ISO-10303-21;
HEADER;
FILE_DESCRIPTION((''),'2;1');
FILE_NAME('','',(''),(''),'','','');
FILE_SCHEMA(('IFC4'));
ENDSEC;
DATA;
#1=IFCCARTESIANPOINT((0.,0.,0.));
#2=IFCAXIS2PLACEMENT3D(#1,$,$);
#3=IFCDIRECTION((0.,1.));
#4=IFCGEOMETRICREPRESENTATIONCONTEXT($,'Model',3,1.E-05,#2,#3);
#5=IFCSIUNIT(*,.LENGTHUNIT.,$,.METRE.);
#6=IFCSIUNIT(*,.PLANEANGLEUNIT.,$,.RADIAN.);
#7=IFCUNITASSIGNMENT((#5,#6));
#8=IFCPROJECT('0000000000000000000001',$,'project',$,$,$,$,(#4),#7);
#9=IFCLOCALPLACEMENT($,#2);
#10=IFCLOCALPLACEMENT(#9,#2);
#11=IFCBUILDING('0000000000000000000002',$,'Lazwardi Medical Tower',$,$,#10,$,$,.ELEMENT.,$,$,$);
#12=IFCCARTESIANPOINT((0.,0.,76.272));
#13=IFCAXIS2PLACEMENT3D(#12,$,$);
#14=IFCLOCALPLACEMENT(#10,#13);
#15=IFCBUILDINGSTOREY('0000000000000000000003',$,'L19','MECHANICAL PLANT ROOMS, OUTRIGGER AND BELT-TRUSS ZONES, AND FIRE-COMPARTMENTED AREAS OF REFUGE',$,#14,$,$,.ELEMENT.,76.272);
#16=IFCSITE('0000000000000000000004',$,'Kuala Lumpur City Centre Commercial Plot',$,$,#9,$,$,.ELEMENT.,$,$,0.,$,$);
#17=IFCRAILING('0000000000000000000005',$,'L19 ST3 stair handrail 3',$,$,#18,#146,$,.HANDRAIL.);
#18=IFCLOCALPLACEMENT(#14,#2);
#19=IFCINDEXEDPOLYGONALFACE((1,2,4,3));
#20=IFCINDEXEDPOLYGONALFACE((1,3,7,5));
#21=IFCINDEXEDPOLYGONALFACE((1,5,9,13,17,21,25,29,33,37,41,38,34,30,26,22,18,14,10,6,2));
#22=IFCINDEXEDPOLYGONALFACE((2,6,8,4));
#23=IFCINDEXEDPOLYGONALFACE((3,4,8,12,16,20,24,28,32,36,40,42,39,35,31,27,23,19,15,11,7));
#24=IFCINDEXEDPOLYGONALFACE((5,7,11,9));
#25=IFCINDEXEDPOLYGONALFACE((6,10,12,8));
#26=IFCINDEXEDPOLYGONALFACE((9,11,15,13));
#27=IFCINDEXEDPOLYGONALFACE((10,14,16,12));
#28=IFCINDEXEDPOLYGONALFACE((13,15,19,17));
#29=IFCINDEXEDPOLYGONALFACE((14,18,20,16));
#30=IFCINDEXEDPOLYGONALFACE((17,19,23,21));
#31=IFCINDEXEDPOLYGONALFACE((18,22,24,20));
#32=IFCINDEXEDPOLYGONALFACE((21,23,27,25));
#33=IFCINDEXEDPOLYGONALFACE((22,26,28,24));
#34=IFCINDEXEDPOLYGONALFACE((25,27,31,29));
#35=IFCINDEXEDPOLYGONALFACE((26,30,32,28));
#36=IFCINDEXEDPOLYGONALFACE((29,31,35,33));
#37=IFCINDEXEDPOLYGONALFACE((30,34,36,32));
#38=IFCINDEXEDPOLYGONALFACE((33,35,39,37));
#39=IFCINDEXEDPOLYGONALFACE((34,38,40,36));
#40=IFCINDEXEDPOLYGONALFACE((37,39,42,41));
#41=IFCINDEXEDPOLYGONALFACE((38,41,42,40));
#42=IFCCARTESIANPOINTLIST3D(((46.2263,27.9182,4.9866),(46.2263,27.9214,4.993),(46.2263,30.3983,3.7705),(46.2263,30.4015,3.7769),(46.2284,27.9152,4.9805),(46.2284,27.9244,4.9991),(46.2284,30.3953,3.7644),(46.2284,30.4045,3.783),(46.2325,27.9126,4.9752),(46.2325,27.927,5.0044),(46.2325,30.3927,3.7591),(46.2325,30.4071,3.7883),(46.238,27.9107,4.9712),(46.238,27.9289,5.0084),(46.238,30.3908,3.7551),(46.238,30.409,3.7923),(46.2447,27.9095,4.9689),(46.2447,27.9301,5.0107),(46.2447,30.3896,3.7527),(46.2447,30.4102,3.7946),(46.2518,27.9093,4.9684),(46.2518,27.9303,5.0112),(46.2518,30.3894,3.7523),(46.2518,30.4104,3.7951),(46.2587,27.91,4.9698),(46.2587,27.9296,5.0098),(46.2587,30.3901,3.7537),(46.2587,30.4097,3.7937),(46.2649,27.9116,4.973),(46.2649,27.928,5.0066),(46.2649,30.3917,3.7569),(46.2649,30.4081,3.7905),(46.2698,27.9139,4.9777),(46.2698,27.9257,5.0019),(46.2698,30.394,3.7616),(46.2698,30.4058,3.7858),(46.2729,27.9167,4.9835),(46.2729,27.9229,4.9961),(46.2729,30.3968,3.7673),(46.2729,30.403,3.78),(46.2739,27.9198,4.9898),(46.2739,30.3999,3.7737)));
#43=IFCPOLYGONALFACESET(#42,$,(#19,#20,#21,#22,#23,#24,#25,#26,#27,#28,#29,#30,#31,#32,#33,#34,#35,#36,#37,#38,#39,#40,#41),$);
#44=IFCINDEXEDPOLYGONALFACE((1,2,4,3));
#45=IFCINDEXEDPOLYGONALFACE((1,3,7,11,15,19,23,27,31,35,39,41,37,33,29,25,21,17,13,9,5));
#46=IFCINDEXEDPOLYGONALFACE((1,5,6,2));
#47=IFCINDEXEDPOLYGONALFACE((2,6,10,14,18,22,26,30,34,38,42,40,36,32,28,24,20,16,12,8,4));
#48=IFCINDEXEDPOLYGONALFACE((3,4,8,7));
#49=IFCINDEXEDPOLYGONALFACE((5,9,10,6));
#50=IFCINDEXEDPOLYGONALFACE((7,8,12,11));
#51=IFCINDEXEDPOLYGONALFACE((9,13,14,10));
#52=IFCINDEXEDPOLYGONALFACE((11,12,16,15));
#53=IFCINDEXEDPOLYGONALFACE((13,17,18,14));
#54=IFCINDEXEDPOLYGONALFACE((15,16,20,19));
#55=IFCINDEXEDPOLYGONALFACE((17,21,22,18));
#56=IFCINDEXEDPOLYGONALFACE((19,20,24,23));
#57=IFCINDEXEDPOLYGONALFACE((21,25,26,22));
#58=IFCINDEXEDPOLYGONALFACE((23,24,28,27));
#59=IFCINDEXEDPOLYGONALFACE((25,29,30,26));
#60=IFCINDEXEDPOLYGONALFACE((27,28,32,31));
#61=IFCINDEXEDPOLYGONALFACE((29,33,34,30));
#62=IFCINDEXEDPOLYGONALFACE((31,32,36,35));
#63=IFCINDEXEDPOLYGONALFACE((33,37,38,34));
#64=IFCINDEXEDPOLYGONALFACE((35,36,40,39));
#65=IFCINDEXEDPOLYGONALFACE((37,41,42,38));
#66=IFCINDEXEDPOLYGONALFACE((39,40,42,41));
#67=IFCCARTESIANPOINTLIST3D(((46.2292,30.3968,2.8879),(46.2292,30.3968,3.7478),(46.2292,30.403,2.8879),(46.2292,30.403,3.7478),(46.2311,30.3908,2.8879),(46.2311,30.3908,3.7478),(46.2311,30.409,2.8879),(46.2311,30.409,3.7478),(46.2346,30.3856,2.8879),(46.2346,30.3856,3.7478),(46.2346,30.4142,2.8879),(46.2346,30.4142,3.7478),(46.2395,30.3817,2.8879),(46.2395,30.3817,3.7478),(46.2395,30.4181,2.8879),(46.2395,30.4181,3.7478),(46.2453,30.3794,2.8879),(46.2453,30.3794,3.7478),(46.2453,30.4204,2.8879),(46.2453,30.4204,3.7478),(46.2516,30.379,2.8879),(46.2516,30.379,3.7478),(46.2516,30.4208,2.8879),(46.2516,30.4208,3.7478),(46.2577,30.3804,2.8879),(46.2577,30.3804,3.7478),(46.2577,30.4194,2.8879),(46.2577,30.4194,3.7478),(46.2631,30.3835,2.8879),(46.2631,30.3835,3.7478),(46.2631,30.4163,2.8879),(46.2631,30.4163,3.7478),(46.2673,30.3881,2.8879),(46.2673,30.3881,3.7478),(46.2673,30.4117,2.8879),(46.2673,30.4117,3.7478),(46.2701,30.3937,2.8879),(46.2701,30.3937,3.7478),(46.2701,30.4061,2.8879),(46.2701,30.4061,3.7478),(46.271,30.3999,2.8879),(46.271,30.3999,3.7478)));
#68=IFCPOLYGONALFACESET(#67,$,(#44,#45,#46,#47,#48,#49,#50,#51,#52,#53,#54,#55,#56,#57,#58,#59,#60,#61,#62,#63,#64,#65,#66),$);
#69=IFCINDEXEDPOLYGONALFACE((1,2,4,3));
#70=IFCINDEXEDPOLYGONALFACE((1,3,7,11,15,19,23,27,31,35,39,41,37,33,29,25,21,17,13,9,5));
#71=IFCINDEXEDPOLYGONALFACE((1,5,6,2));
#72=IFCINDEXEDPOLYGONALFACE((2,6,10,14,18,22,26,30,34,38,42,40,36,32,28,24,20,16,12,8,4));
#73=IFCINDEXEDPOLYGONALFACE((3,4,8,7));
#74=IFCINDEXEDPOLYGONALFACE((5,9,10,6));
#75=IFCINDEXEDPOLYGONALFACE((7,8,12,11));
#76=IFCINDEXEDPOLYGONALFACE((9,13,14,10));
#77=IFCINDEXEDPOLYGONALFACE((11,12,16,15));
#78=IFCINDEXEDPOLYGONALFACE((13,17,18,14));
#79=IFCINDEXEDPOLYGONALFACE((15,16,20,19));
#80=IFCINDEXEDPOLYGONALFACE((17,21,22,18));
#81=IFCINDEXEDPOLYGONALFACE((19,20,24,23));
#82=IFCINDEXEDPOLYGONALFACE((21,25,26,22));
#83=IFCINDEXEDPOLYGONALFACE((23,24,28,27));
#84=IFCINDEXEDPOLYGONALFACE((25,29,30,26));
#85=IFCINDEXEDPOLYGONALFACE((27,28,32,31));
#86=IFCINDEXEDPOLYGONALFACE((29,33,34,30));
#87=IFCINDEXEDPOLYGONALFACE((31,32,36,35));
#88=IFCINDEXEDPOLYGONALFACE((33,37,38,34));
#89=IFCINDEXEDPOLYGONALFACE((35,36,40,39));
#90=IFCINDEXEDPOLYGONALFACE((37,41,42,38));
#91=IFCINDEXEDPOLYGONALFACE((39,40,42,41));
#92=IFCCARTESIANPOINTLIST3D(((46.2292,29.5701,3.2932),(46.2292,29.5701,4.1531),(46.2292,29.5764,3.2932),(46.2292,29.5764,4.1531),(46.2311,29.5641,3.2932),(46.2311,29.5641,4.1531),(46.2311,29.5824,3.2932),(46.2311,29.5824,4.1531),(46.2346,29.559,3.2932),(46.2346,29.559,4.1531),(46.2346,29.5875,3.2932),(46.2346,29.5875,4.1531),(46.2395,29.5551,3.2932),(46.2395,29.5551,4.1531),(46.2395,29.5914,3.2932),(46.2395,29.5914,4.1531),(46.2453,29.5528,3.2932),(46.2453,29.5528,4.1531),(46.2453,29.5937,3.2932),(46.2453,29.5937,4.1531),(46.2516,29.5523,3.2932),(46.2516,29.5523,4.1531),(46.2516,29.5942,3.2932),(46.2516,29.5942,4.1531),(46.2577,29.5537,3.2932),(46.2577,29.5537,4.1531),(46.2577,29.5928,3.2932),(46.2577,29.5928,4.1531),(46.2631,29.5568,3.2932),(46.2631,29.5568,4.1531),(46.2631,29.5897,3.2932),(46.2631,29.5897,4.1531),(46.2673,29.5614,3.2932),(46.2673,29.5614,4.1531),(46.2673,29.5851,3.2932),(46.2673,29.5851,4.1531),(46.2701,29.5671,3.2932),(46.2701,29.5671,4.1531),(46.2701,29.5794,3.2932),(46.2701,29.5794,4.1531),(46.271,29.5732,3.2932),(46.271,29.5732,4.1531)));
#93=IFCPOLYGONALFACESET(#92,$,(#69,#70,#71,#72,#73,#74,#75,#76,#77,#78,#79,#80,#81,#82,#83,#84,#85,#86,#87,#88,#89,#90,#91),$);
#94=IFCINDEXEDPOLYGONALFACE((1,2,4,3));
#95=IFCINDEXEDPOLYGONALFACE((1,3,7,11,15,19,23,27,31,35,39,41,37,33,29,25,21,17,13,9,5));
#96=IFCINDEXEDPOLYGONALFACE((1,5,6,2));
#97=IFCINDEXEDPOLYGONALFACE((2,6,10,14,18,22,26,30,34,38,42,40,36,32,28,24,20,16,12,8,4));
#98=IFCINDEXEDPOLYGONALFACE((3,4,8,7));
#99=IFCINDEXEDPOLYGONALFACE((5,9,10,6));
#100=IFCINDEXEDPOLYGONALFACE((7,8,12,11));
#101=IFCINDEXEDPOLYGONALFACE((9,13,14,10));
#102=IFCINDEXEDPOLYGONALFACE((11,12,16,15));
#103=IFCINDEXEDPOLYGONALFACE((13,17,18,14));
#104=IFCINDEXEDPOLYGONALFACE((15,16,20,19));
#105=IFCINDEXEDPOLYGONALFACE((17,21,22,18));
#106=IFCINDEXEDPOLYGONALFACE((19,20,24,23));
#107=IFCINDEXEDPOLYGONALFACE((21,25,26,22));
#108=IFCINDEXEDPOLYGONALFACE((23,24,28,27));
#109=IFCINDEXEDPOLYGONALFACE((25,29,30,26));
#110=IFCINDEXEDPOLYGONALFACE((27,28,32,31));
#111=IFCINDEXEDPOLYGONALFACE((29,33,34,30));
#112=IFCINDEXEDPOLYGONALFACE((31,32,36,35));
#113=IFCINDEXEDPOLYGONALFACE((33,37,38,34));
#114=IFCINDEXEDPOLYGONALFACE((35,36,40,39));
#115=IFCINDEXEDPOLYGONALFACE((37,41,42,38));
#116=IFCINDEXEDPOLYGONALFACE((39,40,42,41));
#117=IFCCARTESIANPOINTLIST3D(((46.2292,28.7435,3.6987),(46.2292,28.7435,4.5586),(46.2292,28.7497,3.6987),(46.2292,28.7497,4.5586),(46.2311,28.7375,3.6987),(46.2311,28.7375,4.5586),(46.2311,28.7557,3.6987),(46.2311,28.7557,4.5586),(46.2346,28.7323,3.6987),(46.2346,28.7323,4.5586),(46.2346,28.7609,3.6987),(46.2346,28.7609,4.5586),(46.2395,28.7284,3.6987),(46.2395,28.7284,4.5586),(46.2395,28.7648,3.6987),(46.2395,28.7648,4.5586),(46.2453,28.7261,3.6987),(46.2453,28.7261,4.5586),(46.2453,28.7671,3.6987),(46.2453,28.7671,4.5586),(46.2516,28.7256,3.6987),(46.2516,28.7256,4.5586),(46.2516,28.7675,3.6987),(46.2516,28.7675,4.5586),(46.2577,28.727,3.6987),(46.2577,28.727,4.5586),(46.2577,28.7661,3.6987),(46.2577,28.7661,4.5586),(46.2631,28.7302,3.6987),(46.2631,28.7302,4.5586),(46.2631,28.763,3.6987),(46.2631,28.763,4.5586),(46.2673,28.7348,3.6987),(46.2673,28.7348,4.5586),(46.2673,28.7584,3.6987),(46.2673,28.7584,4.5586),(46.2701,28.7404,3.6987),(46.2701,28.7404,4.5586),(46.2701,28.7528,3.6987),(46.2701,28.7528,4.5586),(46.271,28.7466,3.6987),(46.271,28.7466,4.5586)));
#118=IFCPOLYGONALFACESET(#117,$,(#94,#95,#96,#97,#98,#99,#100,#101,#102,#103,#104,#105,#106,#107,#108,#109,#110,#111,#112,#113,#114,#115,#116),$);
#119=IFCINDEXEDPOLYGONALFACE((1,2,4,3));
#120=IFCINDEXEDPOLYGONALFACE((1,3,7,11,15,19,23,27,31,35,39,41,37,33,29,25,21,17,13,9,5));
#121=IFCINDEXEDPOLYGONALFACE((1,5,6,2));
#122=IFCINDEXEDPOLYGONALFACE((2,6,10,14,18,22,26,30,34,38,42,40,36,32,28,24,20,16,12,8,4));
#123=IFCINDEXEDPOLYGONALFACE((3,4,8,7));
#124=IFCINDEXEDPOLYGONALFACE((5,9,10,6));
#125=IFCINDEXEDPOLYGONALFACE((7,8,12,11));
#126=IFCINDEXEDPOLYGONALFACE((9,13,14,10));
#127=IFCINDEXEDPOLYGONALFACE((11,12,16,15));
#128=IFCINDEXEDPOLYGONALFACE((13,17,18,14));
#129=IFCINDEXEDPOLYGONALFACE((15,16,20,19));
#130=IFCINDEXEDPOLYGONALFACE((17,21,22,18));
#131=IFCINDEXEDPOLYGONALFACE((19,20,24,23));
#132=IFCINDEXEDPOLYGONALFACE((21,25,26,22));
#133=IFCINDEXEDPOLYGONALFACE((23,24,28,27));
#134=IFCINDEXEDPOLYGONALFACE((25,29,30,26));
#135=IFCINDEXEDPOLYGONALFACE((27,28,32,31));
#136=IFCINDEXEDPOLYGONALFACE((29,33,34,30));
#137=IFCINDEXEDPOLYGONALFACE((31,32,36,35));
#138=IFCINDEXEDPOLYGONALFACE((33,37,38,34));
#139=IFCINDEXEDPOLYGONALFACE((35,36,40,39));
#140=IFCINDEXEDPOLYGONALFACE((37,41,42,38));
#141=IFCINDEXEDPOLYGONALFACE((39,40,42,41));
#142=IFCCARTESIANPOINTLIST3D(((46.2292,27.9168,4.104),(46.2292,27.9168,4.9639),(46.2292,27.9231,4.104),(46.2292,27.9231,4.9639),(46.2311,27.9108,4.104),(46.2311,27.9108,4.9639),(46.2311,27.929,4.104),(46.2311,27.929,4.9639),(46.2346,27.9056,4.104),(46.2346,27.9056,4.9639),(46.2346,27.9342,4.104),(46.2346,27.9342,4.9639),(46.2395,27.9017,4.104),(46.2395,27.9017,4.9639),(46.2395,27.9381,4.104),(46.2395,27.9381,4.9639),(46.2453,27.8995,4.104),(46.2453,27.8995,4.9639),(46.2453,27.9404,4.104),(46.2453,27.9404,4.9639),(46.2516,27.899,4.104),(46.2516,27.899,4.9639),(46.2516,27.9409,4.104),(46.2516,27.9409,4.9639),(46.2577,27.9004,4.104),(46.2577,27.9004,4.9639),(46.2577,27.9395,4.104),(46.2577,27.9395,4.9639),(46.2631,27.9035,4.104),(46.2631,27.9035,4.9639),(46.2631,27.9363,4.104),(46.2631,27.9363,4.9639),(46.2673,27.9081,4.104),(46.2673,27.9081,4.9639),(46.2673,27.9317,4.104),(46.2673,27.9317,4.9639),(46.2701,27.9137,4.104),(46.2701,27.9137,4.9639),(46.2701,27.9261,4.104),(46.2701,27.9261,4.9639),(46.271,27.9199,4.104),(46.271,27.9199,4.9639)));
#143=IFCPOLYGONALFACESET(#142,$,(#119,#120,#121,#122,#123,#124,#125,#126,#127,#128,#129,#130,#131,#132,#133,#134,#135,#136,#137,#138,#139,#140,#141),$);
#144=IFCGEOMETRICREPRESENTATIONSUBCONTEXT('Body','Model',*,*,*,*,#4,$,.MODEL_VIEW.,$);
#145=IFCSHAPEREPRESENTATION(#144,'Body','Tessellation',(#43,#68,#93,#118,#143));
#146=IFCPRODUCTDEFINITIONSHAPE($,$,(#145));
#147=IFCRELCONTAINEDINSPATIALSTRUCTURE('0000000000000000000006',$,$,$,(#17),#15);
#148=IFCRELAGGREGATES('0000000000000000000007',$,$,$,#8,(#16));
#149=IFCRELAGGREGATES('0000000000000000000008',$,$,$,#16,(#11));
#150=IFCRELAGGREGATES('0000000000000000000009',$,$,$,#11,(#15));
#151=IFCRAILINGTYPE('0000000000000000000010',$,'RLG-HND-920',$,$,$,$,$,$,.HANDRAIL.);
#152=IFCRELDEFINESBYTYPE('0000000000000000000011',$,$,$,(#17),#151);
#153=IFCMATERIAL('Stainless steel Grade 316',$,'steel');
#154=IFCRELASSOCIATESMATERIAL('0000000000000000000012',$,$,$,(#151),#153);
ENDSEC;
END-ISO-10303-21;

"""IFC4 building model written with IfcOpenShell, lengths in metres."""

from ifc_helpers import new_model, si_unit, direction, frame, origin, origin_2d, place, context, subcontext, project, spatial, circle, extrude, material, type_object, element, save


model = new_model("IFC4")

# Units and contexts
model_context = context("Model", 3, precision=1e-05, world=origin(), true_north=direction((0.0, 1.0)))
body_context = subcontext(model_context, "Body", "Model", "MODEL_VIEW")
ifc_project = project(units=[si_unit("LENGTHUNIT", "METRE"), si_unit("PLANEANGLEUNIT", "RADIAN")], contexts=[model_context])

# Site, building, storey
site_placement = place(None, origin())
site = spatial("IfcSite", under=ifc_project, at=site_placement, Name="Kuala Lumpur City Centre Commercial Plot", CompositionType="ELEMENT", RefElevation=0.0)
building_placement = place(site_placement, origin())
building = spatial("IfcBuilding", under=site, at=building_placement, Name="Lazwardi Medical Tower", CompositionType="ELEMENT")
storey_placement = place(building_placement, frame((0.0, 0.0, 76.272)))
storey = spatial("IfcBuildingStorey", under=building, at=storey_placement, Name="L19", Description="MECHANICAL PLANT ROOMS, OUTRIGGER AND BELT-TRUSS ZONES, AND FIRE-COMPARTMENTED AREAS OF REFUGE", CompositionType="ELEMENT", Elevation=76.272)

# Railing
ifc_material_1 = material(Name="Stainless steel Grade 316", Category="steel")
railing_type_1 = type_object("IfcRailingType", Name="RLG-HND-920", PredefinedType="HANDRAIL", material=ifc_material_1)
railing_1_placement = place(storey_placement, frame((46.25, 30.3999, 2.8879)))
element("IfcRailing", 1, at=railing_1_placement, inside=storey, type_object=railing_type_1, Name="L19 ST3 stair handrail 3", PredefinedType="HANDRAIL", context=body_context, shape_type="SweptSolid", body=[
    extrude(circle(Radius=0.0239, at=origin_2d()), frame((0.0, 0.0, 0.8857), z_axis=(0.0, -0.897865, 0.44027), x_axis=(1.0, 0.0, 0.0)), (0.0, 0.0, 1.0), 2.7622),
    extrude(circle(Radius=0.021, at=origin_2d()), origin(), (0.0, 0.0, 1.0), 0.8599),
    extrude(circle(Radius=0.021, at=origin_2d()), frame((0.0, -0.8267, 0.4053)), (0.0, 0.0, 1.0), 0.8599),
    extrude(circle(Radius=0.021, at=origin_2d()), frame((0.0, -1.6533, 0.8108)), (0.0, 0.0, 1.0), 0.8599),
    extrude(circle(Radius=0.021, at=origin_2d()), frame((0.0, -2.48, 1.2161)), (0.0, 0.0, 1.0), 0.8599),
])

save(model, "model.ifc")
